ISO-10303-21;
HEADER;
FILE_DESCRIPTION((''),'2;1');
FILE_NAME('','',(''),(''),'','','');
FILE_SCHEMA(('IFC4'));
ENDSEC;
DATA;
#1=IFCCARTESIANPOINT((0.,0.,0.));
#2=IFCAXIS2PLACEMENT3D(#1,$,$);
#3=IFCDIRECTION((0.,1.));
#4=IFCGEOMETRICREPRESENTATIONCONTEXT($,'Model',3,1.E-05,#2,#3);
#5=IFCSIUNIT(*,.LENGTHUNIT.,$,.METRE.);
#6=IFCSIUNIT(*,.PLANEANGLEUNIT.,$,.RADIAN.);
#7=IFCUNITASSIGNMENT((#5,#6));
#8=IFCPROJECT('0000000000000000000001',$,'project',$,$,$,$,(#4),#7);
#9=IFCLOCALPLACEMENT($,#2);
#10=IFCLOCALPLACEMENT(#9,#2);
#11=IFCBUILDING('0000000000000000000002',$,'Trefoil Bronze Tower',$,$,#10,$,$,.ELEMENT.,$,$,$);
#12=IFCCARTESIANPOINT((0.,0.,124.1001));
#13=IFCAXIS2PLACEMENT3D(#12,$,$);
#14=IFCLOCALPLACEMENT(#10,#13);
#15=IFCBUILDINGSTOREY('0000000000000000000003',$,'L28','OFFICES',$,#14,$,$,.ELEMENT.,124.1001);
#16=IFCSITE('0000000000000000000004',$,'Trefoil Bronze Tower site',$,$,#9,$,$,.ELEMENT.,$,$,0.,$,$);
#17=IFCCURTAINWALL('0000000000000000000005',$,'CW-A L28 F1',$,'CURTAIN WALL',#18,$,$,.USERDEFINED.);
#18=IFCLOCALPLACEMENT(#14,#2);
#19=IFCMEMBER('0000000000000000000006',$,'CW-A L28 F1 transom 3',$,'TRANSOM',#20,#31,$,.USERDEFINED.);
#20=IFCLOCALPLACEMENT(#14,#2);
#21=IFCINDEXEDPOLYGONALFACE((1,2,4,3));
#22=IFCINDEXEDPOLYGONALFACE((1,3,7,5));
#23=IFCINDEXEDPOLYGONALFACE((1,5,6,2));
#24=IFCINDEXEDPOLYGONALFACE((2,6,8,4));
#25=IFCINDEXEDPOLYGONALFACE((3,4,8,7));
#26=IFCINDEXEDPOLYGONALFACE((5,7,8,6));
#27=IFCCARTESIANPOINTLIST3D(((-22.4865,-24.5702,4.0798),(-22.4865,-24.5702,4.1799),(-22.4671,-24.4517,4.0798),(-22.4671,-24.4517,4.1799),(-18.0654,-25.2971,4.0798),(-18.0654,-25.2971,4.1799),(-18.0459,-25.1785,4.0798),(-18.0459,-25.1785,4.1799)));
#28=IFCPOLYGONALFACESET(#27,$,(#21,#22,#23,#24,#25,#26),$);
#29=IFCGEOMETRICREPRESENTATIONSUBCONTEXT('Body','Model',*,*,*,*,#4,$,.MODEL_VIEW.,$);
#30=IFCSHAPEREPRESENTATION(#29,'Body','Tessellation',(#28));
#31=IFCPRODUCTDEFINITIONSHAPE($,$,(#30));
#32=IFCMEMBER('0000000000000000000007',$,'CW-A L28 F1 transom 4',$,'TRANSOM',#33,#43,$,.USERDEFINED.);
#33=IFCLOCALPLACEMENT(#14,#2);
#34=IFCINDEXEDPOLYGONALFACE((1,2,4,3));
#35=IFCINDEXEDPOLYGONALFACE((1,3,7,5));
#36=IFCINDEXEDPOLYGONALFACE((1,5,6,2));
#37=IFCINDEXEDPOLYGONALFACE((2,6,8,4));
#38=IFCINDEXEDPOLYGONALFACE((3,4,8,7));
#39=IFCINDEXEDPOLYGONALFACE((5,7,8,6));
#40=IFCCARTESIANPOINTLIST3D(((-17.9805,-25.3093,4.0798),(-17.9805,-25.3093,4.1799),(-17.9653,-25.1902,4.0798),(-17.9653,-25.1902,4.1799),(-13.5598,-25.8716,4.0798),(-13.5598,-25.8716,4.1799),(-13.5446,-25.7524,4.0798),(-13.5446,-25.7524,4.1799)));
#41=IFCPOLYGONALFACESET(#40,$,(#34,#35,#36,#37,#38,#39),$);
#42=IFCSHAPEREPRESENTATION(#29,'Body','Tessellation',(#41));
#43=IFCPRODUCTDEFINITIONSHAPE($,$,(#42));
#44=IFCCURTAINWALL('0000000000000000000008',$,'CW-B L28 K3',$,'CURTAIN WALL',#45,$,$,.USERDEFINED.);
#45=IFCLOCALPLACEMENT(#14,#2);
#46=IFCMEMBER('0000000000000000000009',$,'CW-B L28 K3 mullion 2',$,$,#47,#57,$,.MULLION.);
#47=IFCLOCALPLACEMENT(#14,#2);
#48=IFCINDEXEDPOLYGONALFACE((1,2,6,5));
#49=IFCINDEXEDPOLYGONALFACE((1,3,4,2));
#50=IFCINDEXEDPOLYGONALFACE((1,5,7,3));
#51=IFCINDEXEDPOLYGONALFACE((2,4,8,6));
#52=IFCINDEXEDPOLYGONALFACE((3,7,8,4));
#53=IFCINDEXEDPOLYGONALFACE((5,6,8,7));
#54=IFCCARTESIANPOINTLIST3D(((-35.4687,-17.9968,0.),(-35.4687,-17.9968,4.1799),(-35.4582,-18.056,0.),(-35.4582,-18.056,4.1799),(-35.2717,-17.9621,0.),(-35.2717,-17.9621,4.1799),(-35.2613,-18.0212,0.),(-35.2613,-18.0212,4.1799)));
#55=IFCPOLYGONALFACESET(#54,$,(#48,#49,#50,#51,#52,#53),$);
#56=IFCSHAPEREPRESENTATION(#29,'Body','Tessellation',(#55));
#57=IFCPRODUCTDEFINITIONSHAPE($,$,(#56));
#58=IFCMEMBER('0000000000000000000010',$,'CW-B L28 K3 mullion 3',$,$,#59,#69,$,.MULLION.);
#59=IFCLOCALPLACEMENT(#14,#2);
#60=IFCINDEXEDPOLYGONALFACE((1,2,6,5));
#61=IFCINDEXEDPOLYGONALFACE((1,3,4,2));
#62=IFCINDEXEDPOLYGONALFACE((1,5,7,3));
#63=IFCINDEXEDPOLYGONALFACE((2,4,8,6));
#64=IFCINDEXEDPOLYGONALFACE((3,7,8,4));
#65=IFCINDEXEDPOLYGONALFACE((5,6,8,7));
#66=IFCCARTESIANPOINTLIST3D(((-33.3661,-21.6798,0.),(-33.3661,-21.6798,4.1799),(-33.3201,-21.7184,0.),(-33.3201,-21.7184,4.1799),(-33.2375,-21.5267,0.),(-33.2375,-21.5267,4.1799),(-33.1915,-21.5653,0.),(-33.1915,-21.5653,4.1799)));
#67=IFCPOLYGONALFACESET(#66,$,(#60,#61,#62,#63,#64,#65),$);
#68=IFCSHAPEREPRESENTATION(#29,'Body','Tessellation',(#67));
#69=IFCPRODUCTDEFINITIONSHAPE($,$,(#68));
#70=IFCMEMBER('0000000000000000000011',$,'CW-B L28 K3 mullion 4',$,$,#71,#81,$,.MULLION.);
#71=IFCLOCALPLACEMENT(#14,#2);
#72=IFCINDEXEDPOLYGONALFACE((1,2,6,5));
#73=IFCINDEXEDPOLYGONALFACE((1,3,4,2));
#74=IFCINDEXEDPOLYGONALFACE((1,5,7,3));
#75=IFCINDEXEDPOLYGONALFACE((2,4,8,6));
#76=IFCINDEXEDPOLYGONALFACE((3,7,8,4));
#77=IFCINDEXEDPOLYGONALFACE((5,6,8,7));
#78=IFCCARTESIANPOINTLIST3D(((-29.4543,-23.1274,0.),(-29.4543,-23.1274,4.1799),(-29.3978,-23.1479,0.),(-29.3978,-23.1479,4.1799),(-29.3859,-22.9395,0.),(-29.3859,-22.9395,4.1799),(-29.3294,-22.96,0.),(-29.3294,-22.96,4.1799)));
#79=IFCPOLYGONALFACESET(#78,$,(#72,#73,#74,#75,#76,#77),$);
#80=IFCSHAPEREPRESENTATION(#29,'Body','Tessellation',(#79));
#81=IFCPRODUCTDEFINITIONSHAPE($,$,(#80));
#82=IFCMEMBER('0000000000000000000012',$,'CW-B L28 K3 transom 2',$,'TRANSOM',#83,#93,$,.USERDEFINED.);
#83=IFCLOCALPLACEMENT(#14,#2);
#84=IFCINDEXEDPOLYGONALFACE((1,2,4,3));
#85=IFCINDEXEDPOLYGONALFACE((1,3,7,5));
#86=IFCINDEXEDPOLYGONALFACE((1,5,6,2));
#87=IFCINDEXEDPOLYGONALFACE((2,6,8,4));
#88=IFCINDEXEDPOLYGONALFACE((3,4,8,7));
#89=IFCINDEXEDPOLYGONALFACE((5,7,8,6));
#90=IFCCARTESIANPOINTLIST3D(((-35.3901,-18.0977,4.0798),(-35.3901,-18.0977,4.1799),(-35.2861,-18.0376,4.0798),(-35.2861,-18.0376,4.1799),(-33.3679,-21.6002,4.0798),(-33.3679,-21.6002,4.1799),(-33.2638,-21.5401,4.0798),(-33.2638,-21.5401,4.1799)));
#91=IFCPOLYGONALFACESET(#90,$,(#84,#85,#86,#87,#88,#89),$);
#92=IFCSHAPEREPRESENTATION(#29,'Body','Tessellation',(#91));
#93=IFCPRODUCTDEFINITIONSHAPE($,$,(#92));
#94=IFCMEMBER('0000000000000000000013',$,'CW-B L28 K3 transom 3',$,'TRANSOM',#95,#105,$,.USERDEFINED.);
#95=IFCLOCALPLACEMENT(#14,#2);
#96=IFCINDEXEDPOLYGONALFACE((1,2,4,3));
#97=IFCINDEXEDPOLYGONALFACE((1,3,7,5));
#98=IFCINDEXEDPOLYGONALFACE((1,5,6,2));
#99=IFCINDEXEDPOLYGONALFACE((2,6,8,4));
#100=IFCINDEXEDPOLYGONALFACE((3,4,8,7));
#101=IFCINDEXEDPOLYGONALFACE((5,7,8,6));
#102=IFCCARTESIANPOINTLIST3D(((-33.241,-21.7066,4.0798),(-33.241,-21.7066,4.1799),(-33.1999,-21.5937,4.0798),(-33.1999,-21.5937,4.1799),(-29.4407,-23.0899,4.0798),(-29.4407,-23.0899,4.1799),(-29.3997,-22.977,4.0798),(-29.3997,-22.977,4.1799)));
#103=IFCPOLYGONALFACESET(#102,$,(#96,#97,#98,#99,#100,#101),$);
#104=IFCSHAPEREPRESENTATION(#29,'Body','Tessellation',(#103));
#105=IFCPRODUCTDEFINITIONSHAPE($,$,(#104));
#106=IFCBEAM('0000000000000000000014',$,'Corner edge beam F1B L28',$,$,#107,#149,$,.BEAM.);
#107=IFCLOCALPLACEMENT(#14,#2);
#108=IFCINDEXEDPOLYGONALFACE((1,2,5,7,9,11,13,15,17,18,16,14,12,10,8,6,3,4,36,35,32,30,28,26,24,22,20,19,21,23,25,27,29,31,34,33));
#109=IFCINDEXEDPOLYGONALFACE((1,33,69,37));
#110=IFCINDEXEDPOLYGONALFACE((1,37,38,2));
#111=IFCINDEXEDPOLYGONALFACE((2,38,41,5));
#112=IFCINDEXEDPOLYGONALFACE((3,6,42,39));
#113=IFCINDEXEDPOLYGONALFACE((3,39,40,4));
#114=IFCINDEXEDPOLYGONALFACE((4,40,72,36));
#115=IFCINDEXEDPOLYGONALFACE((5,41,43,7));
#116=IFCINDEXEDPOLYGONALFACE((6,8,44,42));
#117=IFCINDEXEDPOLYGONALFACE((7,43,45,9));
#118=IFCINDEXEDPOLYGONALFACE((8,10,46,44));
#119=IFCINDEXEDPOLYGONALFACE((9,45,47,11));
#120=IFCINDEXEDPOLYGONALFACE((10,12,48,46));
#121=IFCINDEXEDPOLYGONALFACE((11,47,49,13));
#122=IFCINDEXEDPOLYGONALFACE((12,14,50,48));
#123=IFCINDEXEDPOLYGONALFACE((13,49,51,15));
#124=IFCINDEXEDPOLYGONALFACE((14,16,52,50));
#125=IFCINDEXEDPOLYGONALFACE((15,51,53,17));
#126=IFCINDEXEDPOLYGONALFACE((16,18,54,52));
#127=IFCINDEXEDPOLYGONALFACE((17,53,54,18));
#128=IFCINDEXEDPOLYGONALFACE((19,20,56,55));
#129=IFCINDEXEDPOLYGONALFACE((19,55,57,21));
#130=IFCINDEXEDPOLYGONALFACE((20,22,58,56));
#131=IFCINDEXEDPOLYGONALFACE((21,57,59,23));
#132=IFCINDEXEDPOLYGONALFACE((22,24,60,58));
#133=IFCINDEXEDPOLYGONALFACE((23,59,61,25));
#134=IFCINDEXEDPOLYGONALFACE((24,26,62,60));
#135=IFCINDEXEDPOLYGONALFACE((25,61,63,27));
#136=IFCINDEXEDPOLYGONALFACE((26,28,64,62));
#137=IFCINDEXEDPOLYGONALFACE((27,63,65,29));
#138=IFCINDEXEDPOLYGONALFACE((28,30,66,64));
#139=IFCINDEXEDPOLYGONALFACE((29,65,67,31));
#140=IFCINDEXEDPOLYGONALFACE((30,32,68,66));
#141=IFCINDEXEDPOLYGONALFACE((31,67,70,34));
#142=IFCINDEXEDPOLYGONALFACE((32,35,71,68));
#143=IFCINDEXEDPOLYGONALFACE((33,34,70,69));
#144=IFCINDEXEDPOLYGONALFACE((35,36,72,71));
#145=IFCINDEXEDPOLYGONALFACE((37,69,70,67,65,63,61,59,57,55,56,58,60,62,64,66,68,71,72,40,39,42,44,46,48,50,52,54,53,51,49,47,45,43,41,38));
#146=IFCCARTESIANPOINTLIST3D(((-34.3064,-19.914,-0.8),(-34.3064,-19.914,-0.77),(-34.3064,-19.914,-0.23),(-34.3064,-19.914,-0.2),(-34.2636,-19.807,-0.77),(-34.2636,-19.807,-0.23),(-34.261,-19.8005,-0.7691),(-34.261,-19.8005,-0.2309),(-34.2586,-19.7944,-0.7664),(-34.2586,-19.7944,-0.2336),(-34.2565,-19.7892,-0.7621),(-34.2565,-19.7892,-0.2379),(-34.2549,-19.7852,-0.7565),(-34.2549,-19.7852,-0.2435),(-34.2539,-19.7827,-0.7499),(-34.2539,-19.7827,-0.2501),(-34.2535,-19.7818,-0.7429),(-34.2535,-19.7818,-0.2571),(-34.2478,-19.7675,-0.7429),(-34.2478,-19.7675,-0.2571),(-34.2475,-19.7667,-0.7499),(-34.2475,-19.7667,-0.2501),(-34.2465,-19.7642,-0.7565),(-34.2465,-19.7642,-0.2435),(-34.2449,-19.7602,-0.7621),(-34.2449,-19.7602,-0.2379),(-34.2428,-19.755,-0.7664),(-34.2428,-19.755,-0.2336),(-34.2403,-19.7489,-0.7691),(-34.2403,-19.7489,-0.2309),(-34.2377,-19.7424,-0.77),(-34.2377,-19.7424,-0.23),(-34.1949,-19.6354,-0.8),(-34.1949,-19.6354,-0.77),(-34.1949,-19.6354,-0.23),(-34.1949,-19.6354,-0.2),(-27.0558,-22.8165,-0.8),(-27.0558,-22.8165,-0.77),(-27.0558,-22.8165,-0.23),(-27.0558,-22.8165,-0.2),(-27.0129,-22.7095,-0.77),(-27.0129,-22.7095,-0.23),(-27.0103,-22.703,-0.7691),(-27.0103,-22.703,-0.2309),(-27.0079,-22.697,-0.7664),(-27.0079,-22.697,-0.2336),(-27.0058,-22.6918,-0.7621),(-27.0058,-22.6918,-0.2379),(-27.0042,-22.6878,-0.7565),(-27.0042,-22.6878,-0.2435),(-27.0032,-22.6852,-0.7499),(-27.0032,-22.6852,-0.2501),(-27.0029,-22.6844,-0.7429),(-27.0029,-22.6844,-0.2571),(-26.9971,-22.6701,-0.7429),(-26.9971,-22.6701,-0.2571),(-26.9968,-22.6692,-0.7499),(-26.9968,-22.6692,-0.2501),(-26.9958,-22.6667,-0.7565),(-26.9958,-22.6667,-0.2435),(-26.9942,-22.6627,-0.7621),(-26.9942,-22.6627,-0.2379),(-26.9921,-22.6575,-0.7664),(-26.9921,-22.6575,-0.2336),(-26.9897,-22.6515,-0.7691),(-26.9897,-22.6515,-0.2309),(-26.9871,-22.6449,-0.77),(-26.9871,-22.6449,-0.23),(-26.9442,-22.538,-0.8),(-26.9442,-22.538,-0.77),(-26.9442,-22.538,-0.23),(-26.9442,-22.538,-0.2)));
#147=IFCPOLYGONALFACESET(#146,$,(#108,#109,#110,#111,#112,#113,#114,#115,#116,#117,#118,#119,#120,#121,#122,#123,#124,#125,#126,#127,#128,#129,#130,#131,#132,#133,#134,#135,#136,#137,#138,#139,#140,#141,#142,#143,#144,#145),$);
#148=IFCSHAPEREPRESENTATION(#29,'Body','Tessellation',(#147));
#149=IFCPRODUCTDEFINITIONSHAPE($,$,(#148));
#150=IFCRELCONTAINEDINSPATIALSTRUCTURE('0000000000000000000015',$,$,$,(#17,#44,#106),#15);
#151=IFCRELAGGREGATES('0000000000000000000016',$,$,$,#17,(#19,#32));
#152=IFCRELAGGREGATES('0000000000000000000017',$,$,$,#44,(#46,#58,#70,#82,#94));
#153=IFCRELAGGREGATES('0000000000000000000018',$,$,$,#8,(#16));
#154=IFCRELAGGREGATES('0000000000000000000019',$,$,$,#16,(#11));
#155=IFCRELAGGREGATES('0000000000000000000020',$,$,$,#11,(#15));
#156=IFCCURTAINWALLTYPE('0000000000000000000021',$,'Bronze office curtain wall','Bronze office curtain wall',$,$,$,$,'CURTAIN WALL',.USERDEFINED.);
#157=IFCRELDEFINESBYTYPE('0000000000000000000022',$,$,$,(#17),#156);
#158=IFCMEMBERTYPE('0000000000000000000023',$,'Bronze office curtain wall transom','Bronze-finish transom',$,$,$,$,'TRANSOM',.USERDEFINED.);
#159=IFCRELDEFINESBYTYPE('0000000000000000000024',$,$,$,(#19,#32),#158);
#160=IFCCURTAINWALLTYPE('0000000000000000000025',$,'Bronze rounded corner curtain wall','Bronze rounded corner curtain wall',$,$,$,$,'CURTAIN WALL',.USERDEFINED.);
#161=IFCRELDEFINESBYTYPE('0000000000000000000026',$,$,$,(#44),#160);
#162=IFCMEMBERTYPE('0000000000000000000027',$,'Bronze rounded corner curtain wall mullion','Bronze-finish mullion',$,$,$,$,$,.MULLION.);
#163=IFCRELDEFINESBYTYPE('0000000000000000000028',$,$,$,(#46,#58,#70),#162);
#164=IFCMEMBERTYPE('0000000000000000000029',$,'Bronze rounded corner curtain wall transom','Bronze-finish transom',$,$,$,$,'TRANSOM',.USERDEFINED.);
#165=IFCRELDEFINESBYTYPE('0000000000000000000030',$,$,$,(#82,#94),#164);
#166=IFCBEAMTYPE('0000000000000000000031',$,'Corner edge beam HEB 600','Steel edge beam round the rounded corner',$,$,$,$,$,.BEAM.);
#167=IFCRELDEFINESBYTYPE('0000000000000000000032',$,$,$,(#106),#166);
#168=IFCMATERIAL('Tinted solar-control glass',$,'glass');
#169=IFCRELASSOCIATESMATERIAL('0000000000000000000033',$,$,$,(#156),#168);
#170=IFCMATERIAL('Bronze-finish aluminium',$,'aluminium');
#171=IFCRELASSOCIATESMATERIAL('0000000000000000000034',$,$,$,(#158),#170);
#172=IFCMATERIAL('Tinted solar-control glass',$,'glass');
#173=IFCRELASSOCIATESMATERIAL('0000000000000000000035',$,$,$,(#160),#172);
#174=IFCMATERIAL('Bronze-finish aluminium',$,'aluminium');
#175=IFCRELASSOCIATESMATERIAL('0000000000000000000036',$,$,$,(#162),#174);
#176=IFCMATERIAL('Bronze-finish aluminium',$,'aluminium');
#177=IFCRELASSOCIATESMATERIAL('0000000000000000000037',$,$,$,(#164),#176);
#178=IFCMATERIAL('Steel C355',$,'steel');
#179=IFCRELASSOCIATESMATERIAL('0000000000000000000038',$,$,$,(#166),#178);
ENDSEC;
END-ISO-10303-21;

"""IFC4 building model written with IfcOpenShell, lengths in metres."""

from ifc_helpers import new_model, si_unit, direction, frame, origin, origin_2d, place, context, subcontext, project, spatial, rectangle, i_section, extrude, material, material_profile, profile_set, type_object, element, aggregate, save


model = new_model("IFC4")

# Units and contexts
model_context = context("Model", 3, precision=1e-05, world=origin(), true_north=direction((0.0, 1.0)))
body_context = subcontext(model_context, "Body", "Model", "MODEL_VIEW")
ifc_project = project(units=[si_unit("LENGTHUNIT", "METRE"), si_unit("PLANEANGLEUNIT", "RADIAN")], contexts=[model_context])

# Site, building, storey
site_placement = place(None, origin())
site = spatial("IfcSite", under=ifc_project, at=site_placement, Name="Trefoil Bronze Tower site", CompositionType="ELEMENT", RefElevation=0.0)
building_placement = place(site_placement, origin())
building = spatial("IfcBuilding", under=site, at=building_placement, Name="Trefoil Bronze Tower", CompositionType="ELEMENT")
storey_placement = place(building_placement, frame((0.0, 0.0, 124.1001)))
storey = spatial("IfcBuildingStorey", under=building, at=storey_placement, Name="L28", Description="OFFICES", CompositionType="ELEMENT", Elevation=124.1001)

# Curtain walls, members
ifc_material_1 = material(Name="Tinted solar-control glass", Category="glass")
curtain_wall_type_1 = type_object("IfcCurtainWallType", Name="Bronze office curtain wall", Description="Bronze office curtain wall", ElementType="CURTAIN WALL", PredefinedType="USERDEFINED", material=ifc_material_1)
curtain_wall_1_placement = place(storey_placement, origin())
curtain_wall_1 = element("IfcCurtainWall", 1, at=curtain_wall_1_placement, inside=storey, type_object=curtain_wall_type_1, Name="CW-A L28 F1", ObjectType="CURTAIN WALL", PredefinedType="USERDEFINED")
ifc_material_2 = material(Name="Bronze-finish aluminium", Category="aluminium")
ifc_material_profile_1 = material_profile(ifc_material_2, rectangle(XDim=0.1201, YDim=0.1001, at=origin_2d()), Name="CW-A transom")
ifc_profile_set_1 = profile_set([ifc_material_profile_1], Name="Bronze-finish aluminium")
member_type_1 = type_object("IfcMemberType", Name="Bronze office curtain wall transom", Description="Bronze-finish transom", ElementType="TRANSOM", PredefinedType="USERDEFINED", material=ifc_profile_set_1)
member_1_placement = place(storey_placement, frame((-22.4768, -24.511, 4.1299), z_axis=(0.986755, -0.162216, 0.0), x_axis=(0.162216, 0.986755, 0.0)))
member_1 = element("IfcMember", 2, at=member_1_placement, type_object=member_type_1, Name="CW-A L28 F1 transom 3", ObjectType="TRANSOM", PredefinedType="USERDEFINED", context=body_context, shape_type="SweptSolid", body=[
    extrude(rectangle(XDim=0.1201, YDim=0.1001, at=origin_2d()), origin(), (0.0, 0.0, 1.0), 4.4805),
])
member_2_placement = place(storey_placement, frame((-17.9729, -25.2498, 4.1299), z_axis=(0.992008, -0.126172, 0.0), x_axis=(0.126172, 0.992008, 0.0)))
member_2 = element("IfcMember", 3, at=member_2_placement, type_object=member_type_1, Name="CW-A L28 F1 transom 4", ObjectType="TRANSOM", PredefinedType="USERDEFINED", context=body_context, shape_type="SweptSolid", body=[
    extrude(rectangle(XDim=0.1201, YDim=0.1001, at=origin_2d()), origin(), (0.0, 0.0, 1.0), 4.4563),
])
ifc_material_3 = material(Name="Tinted solar-control glass", Category="glass")
curtain_wall_type_2 = type_object("IfcCurtainWallType", Name="Bronze rounded corner curtain wall", Description="Bronze rounded corner curtain wall", ElementType="CURTAIN WALL", PredefinedType="USERDEFINED", material=ifc_material_3)
curtain_wall_2_placement = place(storey_placement, origin())
curtain_wall_2 = element("IfcCurtainWall", 4, at=curtain_wall_2_placement, inside=storey, type_object=curtain_wall_type_2, Name="CW-B L28 K3", ObjectType="CURTAIN WALL", PredefinedType="USERDEFINED")
ifc_material_4 = material(Name="Bronze-finish aluminium", Category="aluminium")
ifc_material_profile_2 = material_profile(ifc_material_4, rectangle(XDim=0.2, YDim=0.0601, at=origin_2d()), Name="CW-B mullion")
ifc_profile_set_2 = profile_set([ifc_material_profile_2], Name="Bronze-finish aluminium")
member_type_2 = type_object("IfcMemberType", Name="Bronze rounded corner curtain wall mullion", Description="Bronze-finish mullion", PredefinedType="MULLION", material=ifc_profile_set_2)
member_3_placement = place(storey_placement, frame((-35.365, -18.009, 0.0), z_axis=(0.0, 0.0, 1.0), x_axis=(0.984808, 0.173648, 0.0)))
member_3 = element("IfcMember", 5, at=member_3_placement, type_object=member_type_2, Name="CW-B L28 K3 mullion 2", PredefinedType="MULLION", context=body_context, shape_type="SweptSolid", body=[
    extrude(rectangle(XDim=0.2, YDim=0.0601, at=origin_2d()), origin(), (0.0, 0.0, 1.0), 4.1799),
])
member_4_placement = place(storey_placement, frame((-33.2788, -21.6226, 0.0), z_axis=(0.0, 0.0, 1.0), x_axis=(0.642788, 0.766044, 0.0)))
member_4 = element("IfcMember", 6, at=member_4_placement, type_object=member_type_2, Name="CW-B L28 K3 mullion 3", PredefinedType="MULLION", context=body_context, shape_type="SweptSolid", body=[
    extrude(rectangle(XDim=0.2, YDim=0.0601, at=origin_2d()), origin(), (0.0, 0.0, 1.0), 4.1799),
])
member_5_placement = place(storey_placement, frame((-29.3918, -23.0437, 0.0), z_axis=(0.0, 0.0, 1.0), x_axis=(0.34202, 0.939693, 0.0)))
member_5 = element("IfcMember", 7, at=member_5_placement, type_object=member_type_2, Name="CW-B L28 K3 mullion 4", PredefinedType="MULLION", context=body_context, shape_type="SweptSolid", body=[
    extrude(rectangle(XDim=0.2, YDim=0.0601, at=origin_2d()), origin(), (0.0, 0.0, 1.0), 4.1799),
])
ifc_material_5 = material(Name="Bronze-finish aluminium", Category="aluminium")
ifc_material_profile_3 = material_profile(ifc_material_5, rectangle(XDim=0.1201, YDim=0.1001, at=origin_2d()), Name="CW-B transom")
ifc_profile_set_3 = profile_set([ifc_material_profile_3], Name="Bronze-finish aluminium")
member_type_3 = type_object("IfcMemberType", Name="Bronze rounded corner curtain wall transom", Description="Bronze-finish transom", ElementType="TRANSOM", PredefinedType="USERDEFINED", material=ifc_profile_set_3)
member_6_placement = place(storey_placement, frame((-35.3381, -18.0676, 4.1299), z_axis=(0.500015, -0.866017, 0.0), x_axis=(0.866017, 0.500015, 0.0)))
member_6 = element("IfcMember", 8, at=member_6_placement, type_object=member_type_3, Name="CW-B L28 K3 transom 2", ObjectType="TRANSOM", PredefinedType="USERDEFINED", context=body_context, shape_type="SweptSolid", body=[
    extrude(rectangle(XDim=0.1201, YDim=0.1001, at=origin_2d()), origin(), (0.0, 0.0, 1.0), 4.0444),
])
member_7_placement = place(storey_placement, frame((-33.2205, -21.6501, 4.1299), z_axis=(0.939684, -0.342044, 0.0), x_axis=(0.342044, 0.939684, 0.0)))
member_7 = element("IfcMember", 9, at=member_7_placement, type_object=member_type_3, Name="CW-B L28 K3 transom 3", ObjectType="TRANSOM", PredefinedType="USERDEFINED", context=body_context, shape_type="SweptSolid", body=[
    extrude(rectangle(XDim=0.1201, YDim=0.1001, at=origin_2d()), origin(), (0.0, 0.0, 1.0), 4.0442),
])

# Beam
ifc_material_6 = material(Name="Steel C355", Category="steel")
ifc_material_profile_4 = material_profile(ifc_material_6, i_section(OverallWidth=0.3, OverallDepth=0.6001, WebThickness=0.0154, FlangeThickness=0.03, FilletRadius=0.0271, at=origin_2d()), Name="HEB 600")
ifc_profile_set_4 = profile_set([ifc_material_profile_4], Name="Steel C355")
beam_type_1 = type_object("IfcBeamType", Name="Corner edge beam HEB 600", Description="Steel edge beam round the rounded corner", PredefinedType="BEAM", material=ifc_profile_set_4)
beam_1_placement = place(storey_placement, frame((-27.0, -22.6772, -0.5), z_axis=(-0.928375, 0.371644, 0.0), x_axis=(-0.371644, -0.928375, 0.0)))
element("IfcBeam", 10, at=beam_1_placement, inside=storey, type_object=beam_type_1, Name="Corner edge beam F1B L28", PredefinedType="BEAM", context=body_context, shape_type="SweptSolid", body=[
    extrude(i_section(OverallWidth=0.3, OverallDepth=0.6001, WebThickness=0.0154, FlangeThickness=0.03, FilletRadius=0.0271, at=origin_2d()), origin(), (0.0, 0.0, 1.0), 7.8101),
])

aggregate(curtain_wall_1, [member_1, member_2])
aggregate(curtain_wall_2, [member_3, member_4, member_5, member_6, member_7])

save(model, "model.ifc")
